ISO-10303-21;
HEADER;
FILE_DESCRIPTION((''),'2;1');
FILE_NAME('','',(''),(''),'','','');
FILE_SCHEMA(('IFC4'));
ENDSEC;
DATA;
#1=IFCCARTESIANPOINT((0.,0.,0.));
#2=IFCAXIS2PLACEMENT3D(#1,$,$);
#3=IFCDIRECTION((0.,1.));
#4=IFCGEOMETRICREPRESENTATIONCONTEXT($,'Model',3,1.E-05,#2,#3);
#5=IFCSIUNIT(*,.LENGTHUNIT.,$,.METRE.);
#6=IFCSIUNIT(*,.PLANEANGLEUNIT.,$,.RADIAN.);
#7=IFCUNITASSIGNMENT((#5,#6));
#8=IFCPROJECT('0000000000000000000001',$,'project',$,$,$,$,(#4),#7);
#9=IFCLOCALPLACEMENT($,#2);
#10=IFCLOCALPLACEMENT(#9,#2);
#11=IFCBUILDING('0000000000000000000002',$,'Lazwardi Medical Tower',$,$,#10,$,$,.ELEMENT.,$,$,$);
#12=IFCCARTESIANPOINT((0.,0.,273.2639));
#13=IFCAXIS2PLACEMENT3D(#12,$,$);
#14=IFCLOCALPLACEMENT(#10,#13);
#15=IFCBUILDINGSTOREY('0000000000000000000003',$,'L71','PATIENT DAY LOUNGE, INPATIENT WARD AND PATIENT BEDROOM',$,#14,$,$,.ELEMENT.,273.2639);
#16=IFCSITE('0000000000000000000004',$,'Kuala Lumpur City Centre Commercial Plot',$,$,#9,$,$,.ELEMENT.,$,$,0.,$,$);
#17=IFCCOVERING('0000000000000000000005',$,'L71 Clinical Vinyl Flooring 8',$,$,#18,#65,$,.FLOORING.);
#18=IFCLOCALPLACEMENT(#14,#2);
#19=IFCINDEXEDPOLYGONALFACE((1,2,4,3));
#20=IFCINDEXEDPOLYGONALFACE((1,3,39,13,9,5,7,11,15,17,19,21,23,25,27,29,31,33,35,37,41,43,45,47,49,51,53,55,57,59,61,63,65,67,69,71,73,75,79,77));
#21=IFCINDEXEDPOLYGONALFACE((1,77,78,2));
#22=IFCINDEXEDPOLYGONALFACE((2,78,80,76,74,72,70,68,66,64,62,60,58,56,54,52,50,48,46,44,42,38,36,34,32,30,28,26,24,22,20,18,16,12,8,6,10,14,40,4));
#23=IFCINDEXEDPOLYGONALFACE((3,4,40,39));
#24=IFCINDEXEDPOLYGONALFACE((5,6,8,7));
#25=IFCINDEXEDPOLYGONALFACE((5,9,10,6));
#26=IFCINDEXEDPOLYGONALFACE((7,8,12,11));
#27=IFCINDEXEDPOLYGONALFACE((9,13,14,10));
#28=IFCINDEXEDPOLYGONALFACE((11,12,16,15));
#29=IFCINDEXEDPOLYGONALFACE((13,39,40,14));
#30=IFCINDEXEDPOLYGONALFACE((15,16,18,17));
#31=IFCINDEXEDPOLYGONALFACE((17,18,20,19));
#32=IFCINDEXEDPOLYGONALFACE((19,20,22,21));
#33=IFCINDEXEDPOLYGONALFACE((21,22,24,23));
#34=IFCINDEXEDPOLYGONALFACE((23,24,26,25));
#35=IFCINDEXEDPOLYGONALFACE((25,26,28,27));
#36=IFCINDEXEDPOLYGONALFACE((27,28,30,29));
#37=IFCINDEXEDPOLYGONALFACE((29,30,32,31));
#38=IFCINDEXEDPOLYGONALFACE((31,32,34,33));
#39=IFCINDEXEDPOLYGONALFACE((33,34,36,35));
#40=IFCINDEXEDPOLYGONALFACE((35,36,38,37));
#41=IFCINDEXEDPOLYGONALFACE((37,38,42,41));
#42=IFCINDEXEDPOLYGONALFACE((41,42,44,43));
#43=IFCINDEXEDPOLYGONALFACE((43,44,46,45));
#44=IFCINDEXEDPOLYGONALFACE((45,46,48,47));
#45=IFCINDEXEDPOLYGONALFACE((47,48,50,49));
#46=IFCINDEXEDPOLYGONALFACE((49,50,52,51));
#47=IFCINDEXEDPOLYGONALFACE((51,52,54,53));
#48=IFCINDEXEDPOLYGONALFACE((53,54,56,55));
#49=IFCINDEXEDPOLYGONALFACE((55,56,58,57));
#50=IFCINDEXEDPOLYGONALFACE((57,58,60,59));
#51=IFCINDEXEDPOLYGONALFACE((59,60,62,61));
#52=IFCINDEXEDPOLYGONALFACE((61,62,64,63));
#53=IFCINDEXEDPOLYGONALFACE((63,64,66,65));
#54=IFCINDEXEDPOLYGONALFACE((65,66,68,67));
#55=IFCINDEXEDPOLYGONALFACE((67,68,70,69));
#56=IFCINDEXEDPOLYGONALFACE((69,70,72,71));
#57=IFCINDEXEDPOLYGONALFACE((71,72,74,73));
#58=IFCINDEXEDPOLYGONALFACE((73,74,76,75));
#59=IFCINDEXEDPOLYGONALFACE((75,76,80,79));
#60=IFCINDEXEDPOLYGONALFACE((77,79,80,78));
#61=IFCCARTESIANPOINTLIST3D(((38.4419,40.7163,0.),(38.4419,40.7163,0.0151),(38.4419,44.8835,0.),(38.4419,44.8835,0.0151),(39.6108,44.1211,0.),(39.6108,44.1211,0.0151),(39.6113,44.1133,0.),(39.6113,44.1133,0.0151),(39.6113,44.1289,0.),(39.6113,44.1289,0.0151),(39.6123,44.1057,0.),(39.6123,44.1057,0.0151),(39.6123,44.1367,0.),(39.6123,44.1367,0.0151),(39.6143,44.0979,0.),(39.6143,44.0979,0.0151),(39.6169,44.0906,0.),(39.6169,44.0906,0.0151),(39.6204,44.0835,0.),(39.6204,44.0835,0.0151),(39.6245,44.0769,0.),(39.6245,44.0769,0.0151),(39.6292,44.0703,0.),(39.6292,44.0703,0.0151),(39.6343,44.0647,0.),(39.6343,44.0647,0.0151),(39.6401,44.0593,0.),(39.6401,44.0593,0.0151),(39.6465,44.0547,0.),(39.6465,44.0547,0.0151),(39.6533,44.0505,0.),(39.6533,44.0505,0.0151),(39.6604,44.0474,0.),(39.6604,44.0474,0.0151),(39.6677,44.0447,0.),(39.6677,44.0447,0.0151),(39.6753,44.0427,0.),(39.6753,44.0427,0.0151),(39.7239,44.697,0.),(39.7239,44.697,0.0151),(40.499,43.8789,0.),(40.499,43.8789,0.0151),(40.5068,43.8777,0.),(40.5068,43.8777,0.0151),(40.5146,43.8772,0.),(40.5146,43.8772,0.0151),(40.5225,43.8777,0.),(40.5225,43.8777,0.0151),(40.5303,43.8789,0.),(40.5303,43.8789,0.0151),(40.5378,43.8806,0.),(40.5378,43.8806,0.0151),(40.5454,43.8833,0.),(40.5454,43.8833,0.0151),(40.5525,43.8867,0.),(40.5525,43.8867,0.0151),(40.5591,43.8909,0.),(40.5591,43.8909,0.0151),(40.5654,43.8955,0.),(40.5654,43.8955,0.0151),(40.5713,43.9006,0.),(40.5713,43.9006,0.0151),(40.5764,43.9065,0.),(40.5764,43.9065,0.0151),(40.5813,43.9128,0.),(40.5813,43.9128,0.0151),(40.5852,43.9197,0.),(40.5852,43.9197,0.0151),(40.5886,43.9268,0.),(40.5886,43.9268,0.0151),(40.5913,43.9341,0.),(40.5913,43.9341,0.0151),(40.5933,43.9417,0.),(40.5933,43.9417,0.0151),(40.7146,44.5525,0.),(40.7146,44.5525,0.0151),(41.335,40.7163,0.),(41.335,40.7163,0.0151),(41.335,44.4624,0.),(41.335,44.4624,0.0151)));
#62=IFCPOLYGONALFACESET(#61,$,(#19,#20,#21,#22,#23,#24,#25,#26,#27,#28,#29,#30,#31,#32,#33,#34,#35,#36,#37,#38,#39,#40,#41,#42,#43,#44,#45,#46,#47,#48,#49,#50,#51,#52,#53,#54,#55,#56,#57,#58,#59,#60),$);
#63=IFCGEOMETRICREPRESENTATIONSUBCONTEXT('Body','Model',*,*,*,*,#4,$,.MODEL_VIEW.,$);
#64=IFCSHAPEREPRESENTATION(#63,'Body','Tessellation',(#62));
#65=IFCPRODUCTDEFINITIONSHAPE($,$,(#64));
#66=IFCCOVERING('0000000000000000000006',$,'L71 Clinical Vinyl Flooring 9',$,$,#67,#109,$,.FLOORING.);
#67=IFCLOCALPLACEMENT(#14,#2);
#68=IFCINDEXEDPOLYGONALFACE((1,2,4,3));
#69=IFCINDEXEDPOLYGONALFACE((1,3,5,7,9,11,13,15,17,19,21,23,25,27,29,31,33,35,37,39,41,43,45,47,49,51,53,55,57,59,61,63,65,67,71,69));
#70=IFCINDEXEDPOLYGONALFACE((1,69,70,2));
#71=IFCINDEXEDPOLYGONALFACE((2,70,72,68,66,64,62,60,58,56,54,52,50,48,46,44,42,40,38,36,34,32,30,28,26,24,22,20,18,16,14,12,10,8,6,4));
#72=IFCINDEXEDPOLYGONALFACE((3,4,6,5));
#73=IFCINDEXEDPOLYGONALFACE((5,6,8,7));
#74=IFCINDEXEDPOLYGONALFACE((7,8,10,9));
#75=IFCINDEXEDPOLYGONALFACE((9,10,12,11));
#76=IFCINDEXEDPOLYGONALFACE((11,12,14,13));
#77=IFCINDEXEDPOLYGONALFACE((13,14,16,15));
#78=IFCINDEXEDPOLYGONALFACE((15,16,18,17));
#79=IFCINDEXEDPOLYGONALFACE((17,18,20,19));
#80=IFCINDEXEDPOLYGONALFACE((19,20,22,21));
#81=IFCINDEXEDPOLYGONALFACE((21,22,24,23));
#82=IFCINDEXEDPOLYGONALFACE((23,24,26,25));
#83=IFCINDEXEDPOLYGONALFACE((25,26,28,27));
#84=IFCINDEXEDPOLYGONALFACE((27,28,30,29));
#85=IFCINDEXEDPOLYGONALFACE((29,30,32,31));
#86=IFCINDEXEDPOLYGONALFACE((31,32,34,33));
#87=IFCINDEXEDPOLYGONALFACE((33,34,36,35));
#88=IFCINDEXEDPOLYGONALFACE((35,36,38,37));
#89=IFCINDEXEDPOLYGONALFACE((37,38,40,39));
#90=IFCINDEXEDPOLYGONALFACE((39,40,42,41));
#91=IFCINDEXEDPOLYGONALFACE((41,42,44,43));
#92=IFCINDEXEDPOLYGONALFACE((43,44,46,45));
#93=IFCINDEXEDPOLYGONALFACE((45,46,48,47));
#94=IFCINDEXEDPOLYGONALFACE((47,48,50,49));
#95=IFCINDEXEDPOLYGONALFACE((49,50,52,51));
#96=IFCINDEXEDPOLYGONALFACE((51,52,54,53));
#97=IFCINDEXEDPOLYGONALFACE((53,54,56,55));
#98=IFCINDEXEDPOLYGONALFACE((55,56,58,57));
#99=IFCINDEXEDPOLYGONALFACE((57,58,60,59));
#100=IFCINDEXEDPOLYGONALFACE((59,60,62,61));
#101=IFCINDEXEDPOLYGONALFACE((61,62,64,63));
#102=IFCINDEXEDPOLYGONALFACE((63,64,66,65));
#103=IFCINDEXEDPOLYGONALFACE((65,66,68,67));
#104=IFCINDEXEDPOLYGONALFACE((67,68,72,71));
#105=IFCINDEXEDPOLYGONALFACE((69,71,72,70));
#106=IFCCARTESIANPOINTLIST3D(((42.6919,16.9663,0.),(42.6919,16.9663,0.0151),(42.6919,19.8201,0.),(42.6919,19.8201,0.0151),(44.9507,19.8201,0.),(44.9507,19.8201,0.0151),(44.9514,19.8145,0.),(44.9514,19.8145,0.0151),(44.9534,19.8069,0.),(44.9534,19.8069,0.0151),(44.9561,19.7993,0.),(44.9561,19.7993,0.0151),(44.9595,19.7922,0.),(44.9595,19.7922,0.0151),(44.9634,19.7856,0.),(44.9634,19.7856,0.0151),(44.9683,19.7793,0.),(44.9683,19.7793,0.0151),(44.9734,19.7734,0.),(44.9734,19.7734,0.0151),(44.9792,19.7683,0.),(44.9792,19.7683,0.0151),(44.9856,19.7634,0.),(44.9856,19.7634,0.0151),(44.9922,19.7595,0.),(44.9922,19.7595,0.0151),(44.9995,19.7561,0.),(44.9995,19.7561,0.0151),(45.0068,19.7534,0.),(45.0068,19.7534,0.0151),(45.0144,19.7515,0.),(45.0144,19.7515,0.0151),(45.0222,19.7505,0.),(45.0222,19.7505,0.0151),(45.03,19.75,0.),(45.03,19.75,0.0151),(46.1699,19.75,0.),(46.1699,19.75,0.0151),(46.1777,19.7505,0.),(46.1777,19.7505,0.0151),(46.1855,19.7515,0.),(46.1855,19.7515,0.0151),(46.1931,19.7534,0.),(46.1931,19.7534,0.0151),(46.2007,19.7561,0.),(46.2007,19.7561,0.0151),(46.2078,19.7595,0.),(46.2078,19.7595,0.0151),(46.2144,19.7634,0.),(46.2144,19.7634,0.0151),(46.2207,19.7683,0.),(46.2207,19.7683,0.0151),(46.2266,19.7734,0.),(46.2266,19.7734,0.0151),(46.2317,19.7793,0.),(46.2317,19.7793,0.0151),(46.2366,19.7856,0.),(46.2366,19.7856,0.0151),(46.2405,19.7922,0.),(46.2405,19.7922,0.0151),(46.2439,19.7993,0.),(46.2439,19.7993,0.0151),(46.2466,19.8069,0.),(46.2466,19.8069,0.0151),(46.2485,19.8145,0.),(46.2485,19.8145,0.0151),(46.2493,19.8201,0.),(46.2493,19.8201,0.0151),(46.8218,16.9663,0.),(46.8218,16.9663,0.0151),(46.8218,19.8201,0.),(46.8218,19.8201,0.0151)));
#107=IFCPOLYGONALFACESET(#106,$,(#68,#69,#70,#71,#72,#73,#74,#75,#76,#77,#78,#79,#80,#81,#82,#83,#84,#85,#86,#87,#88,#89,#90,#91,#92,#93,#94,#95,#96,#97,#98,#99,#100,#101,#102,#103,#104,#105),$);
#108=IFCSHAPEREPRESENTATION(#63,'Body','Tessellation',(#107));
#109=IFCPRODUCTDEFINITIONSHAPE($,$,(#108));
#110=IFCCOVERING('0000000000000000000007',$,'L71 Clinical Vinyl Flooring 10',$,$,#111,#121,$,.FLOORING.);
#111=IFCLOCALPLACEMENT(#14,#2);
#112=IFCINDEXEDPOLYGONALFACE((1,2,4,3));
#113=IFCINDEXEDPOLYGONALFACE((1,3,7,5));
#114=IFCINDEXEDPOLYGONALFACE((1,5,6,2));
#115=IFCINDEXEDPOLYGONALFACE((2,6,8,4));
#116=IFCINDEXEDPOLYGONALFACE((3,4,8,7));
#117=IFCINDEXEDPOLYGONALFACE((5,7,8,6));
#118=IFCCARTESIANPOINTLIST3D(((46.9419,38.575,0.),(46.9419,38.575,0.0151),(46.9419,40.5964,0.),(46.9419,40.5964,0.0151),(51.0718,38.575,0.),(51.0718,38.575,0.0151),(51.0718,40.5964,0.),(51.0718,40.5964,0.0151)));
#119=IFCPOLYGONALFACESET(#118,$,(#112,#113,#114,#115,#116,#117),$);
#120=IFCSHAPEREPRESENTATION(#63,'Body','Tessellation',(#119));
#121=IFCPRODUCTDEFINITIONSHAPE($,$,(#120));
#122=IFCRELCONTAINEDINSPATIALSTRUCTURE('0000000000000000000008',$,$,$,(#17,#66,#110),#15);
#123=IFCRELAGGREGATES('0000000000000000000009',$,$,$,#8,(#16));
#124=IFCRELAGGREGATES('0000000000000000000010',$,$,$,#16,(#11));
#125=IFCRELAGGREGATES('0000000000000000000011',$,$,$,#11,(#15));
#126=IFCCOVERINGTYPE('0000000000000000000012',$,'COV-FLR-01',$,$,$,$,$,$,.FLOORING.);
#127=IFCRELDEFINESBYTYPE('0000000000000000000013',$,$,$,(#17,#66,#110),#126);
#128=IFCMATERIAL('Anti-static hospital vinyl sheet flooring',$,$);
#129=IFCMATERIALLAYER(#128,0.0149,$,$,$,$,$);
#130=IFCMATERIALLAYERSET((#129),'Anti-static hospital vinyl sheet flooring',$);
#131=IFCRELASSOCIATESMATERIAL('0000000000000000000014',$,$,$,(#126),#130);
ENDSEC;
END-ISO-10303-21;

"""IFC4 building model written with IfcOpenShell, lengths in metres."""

from ifc_helpers import new_model, si_unit, direction, frame, origin, place, context, subcontext, project, spatial, polyline, outline, extrude, material, layer, layer_set, type_object, element, save


model = new_model("IFC4")

# Units and contexts
model_context = context("Model", 3, precision=1e-05, world=origin(), true_north=direction((0.0, 1.0)))
body_context = subcontext(model_context, "Body", "Model", "MODEL_VIEW")
ifc_project = project(units=[si_unit("LENGTHUNIT", "METRE"), si_unit("PLANEANGLEUNIT", "RADIAN")], contexts=[model_context])

# Site, building, storey
site_placement = place(None, origin())
site = spatial("IfcSite", under=ifc_project, at=site_placement, Name="Kuala Lumpur City Centre Commercial Plot", CompositionType="ELEMENT", RefElevation=0.0)
building_placement = place(site_placement, origin())
building = spatial("IfcBuilding", under=site, at=building_placement, Name="Lazwardi Medical Tower", CompositionType="ELEMENT")
storey_placement = place(building_placement, frame((0.0, 0.0, 273.2639)))
storey = spatial("IfcBuildingStorey", under=building, at=storey_placement, Name="L71", Description="PATIENT DAY LOUNGE, INPATIENT WARD AND PATIENT BEDROOM", CompositionType="ELEMENT", Elevation=273.2639)

# Coverings
ifc_material_1 = material(Name="Anti-static hospital vinyl sheet flooring")
ifc_layer_1 = layer(ifc_material_1, 0.0149)
ifc_layer_set_1 = layer_set([ifc_layer_1], Name="Anti-static hospital vinyl sheet flooring")
covering_type_1 = type_object("IfcCoveringType", Name="COV-FLR-01", PredefinedType="FLOORING", material=ifc_layer_set_1)
covering_1_placement = place(storey_placement, origin())
element("IfcCovering", 1, at=covering_1_placement, inside=storey, type_object=covering_type_1, Name="L71 Clinical Vinyl Flooring 8", PredefinedType="FLOORING", context=body_context, shape_type="SweptSolid", body=[
    extrude(outline(polyline([(41.335, 40.7163), (41.335, 44.4624), (40.7146, 44.5525), (40.5933, 43.9417), (40.5913, 43.9341), (40.5886, 43.9268), (40.5852, 43.9197), (40.5813, 43.9128), (40.5764, 43.9065), (40.5713, 43.9006), (40.5654, 43.8955), (40.5591, 43.8909), (40.5525, 43.8867), (40.5454, 43.8833), (40.5378, 43.8806), (40.5303, 43.8789), (40.5225, 43.8777), (40.5146, 43.8772), (40.5068, 43.8777), (40.499, 43.8789), (39.6753, 44.0427), (39.6677, 44.0447), (39.6604, 44.0474), (39.6533, 44.0505), (39.6465, 44.0547), (39.6401, 44.0593), (39.6343, 44.0647), (39.6292, 44.0703), (39.6245, 44.0769), (39.6204, 44.0835), (39.6169, 44.0906), (39.6143, 44.0979), (39.6123, 44.1057), (39.6113, 44.1133), (39.6108, 44.1211), (39.6113, 44.1289), (39.6123, 44.1367), (39.7239, 44.697), (38.4419, 44.8835), (38.4419, 40.7163), (41.335, 40.7163)])), origin(), (0.0, 0.0, 1.0), 0.0151),
])
covering_2_placement = place(storey_placement, origin())
element("IfcCovering", 2, at=covering_2_placement, inside=storey, type_object=covering_type_1, Name="L71 Clinical Vinyl Flooring 9", PredefinedType="FLOORING", context=body_context, shape_type="SweptSolid", body=[
    extrude(outline(polyline([(46.8218, 19.8201), (46.2493, 19.8201), (46.2485, 19.8145), (46.2466, 19.8069), (46.2439, 19.7993), (46.2405, 19.7922), (46.2366, 19.7856), (46.2317, 19.7793), (46.2266, 19.7734), (46.2207, 19.7683), (46.2144, 19.7634), (46.2078, 19.7595), (46.2007, 19.7561), (46.1931, 19.7534), (46.1855, 19.7515), (46.1777, 19.7505), (46.1699, 19.75), (45.03, 19.75), (45.0222, 19.7505), (45.0144, 19.7515), (45.0068, 19.7534), (44.9995, 19.7561), (44.9922, 19.7595), (44.9856, 19.7634), (44.9792, 19.7683), (44.9734, 19.7734), (44.9683, 19.7793), (44.9634, 19.7856), (44.9595, 19.7922), (44.9561, 19.7993), (44.9534, 19.8069), (44.9514, 19.8145), (44.9507, 19.8201), (42.6919, 19.8201), (42.6919, 16.9663), (46.8218, 16.9663), (46.8218, 19.8201)])), origin(), (0.0, 0.0, 1.0), 0.0151),
])
covering_3_placement = place(storey_placement, origin())
element("IfcCovering", 3, at=covering_3_placement, inside=storey, type_object=covering_type_1, Name="L71 Clinical Vinyl Flooring 10", PredefinedType="FLOORING", context=body_context, shape_type="SweptSolid", body=[
    extrude(outline(polyline([(46.9419, 38.575), (51.0718, 38.575), (51.0718, 40.5964), (46.9419, 40.5964), (46.9419, 38.575)])), origin(), (0.0, 0.0, 1.0), 0.0151),
])

save(model, "model.ifc")
